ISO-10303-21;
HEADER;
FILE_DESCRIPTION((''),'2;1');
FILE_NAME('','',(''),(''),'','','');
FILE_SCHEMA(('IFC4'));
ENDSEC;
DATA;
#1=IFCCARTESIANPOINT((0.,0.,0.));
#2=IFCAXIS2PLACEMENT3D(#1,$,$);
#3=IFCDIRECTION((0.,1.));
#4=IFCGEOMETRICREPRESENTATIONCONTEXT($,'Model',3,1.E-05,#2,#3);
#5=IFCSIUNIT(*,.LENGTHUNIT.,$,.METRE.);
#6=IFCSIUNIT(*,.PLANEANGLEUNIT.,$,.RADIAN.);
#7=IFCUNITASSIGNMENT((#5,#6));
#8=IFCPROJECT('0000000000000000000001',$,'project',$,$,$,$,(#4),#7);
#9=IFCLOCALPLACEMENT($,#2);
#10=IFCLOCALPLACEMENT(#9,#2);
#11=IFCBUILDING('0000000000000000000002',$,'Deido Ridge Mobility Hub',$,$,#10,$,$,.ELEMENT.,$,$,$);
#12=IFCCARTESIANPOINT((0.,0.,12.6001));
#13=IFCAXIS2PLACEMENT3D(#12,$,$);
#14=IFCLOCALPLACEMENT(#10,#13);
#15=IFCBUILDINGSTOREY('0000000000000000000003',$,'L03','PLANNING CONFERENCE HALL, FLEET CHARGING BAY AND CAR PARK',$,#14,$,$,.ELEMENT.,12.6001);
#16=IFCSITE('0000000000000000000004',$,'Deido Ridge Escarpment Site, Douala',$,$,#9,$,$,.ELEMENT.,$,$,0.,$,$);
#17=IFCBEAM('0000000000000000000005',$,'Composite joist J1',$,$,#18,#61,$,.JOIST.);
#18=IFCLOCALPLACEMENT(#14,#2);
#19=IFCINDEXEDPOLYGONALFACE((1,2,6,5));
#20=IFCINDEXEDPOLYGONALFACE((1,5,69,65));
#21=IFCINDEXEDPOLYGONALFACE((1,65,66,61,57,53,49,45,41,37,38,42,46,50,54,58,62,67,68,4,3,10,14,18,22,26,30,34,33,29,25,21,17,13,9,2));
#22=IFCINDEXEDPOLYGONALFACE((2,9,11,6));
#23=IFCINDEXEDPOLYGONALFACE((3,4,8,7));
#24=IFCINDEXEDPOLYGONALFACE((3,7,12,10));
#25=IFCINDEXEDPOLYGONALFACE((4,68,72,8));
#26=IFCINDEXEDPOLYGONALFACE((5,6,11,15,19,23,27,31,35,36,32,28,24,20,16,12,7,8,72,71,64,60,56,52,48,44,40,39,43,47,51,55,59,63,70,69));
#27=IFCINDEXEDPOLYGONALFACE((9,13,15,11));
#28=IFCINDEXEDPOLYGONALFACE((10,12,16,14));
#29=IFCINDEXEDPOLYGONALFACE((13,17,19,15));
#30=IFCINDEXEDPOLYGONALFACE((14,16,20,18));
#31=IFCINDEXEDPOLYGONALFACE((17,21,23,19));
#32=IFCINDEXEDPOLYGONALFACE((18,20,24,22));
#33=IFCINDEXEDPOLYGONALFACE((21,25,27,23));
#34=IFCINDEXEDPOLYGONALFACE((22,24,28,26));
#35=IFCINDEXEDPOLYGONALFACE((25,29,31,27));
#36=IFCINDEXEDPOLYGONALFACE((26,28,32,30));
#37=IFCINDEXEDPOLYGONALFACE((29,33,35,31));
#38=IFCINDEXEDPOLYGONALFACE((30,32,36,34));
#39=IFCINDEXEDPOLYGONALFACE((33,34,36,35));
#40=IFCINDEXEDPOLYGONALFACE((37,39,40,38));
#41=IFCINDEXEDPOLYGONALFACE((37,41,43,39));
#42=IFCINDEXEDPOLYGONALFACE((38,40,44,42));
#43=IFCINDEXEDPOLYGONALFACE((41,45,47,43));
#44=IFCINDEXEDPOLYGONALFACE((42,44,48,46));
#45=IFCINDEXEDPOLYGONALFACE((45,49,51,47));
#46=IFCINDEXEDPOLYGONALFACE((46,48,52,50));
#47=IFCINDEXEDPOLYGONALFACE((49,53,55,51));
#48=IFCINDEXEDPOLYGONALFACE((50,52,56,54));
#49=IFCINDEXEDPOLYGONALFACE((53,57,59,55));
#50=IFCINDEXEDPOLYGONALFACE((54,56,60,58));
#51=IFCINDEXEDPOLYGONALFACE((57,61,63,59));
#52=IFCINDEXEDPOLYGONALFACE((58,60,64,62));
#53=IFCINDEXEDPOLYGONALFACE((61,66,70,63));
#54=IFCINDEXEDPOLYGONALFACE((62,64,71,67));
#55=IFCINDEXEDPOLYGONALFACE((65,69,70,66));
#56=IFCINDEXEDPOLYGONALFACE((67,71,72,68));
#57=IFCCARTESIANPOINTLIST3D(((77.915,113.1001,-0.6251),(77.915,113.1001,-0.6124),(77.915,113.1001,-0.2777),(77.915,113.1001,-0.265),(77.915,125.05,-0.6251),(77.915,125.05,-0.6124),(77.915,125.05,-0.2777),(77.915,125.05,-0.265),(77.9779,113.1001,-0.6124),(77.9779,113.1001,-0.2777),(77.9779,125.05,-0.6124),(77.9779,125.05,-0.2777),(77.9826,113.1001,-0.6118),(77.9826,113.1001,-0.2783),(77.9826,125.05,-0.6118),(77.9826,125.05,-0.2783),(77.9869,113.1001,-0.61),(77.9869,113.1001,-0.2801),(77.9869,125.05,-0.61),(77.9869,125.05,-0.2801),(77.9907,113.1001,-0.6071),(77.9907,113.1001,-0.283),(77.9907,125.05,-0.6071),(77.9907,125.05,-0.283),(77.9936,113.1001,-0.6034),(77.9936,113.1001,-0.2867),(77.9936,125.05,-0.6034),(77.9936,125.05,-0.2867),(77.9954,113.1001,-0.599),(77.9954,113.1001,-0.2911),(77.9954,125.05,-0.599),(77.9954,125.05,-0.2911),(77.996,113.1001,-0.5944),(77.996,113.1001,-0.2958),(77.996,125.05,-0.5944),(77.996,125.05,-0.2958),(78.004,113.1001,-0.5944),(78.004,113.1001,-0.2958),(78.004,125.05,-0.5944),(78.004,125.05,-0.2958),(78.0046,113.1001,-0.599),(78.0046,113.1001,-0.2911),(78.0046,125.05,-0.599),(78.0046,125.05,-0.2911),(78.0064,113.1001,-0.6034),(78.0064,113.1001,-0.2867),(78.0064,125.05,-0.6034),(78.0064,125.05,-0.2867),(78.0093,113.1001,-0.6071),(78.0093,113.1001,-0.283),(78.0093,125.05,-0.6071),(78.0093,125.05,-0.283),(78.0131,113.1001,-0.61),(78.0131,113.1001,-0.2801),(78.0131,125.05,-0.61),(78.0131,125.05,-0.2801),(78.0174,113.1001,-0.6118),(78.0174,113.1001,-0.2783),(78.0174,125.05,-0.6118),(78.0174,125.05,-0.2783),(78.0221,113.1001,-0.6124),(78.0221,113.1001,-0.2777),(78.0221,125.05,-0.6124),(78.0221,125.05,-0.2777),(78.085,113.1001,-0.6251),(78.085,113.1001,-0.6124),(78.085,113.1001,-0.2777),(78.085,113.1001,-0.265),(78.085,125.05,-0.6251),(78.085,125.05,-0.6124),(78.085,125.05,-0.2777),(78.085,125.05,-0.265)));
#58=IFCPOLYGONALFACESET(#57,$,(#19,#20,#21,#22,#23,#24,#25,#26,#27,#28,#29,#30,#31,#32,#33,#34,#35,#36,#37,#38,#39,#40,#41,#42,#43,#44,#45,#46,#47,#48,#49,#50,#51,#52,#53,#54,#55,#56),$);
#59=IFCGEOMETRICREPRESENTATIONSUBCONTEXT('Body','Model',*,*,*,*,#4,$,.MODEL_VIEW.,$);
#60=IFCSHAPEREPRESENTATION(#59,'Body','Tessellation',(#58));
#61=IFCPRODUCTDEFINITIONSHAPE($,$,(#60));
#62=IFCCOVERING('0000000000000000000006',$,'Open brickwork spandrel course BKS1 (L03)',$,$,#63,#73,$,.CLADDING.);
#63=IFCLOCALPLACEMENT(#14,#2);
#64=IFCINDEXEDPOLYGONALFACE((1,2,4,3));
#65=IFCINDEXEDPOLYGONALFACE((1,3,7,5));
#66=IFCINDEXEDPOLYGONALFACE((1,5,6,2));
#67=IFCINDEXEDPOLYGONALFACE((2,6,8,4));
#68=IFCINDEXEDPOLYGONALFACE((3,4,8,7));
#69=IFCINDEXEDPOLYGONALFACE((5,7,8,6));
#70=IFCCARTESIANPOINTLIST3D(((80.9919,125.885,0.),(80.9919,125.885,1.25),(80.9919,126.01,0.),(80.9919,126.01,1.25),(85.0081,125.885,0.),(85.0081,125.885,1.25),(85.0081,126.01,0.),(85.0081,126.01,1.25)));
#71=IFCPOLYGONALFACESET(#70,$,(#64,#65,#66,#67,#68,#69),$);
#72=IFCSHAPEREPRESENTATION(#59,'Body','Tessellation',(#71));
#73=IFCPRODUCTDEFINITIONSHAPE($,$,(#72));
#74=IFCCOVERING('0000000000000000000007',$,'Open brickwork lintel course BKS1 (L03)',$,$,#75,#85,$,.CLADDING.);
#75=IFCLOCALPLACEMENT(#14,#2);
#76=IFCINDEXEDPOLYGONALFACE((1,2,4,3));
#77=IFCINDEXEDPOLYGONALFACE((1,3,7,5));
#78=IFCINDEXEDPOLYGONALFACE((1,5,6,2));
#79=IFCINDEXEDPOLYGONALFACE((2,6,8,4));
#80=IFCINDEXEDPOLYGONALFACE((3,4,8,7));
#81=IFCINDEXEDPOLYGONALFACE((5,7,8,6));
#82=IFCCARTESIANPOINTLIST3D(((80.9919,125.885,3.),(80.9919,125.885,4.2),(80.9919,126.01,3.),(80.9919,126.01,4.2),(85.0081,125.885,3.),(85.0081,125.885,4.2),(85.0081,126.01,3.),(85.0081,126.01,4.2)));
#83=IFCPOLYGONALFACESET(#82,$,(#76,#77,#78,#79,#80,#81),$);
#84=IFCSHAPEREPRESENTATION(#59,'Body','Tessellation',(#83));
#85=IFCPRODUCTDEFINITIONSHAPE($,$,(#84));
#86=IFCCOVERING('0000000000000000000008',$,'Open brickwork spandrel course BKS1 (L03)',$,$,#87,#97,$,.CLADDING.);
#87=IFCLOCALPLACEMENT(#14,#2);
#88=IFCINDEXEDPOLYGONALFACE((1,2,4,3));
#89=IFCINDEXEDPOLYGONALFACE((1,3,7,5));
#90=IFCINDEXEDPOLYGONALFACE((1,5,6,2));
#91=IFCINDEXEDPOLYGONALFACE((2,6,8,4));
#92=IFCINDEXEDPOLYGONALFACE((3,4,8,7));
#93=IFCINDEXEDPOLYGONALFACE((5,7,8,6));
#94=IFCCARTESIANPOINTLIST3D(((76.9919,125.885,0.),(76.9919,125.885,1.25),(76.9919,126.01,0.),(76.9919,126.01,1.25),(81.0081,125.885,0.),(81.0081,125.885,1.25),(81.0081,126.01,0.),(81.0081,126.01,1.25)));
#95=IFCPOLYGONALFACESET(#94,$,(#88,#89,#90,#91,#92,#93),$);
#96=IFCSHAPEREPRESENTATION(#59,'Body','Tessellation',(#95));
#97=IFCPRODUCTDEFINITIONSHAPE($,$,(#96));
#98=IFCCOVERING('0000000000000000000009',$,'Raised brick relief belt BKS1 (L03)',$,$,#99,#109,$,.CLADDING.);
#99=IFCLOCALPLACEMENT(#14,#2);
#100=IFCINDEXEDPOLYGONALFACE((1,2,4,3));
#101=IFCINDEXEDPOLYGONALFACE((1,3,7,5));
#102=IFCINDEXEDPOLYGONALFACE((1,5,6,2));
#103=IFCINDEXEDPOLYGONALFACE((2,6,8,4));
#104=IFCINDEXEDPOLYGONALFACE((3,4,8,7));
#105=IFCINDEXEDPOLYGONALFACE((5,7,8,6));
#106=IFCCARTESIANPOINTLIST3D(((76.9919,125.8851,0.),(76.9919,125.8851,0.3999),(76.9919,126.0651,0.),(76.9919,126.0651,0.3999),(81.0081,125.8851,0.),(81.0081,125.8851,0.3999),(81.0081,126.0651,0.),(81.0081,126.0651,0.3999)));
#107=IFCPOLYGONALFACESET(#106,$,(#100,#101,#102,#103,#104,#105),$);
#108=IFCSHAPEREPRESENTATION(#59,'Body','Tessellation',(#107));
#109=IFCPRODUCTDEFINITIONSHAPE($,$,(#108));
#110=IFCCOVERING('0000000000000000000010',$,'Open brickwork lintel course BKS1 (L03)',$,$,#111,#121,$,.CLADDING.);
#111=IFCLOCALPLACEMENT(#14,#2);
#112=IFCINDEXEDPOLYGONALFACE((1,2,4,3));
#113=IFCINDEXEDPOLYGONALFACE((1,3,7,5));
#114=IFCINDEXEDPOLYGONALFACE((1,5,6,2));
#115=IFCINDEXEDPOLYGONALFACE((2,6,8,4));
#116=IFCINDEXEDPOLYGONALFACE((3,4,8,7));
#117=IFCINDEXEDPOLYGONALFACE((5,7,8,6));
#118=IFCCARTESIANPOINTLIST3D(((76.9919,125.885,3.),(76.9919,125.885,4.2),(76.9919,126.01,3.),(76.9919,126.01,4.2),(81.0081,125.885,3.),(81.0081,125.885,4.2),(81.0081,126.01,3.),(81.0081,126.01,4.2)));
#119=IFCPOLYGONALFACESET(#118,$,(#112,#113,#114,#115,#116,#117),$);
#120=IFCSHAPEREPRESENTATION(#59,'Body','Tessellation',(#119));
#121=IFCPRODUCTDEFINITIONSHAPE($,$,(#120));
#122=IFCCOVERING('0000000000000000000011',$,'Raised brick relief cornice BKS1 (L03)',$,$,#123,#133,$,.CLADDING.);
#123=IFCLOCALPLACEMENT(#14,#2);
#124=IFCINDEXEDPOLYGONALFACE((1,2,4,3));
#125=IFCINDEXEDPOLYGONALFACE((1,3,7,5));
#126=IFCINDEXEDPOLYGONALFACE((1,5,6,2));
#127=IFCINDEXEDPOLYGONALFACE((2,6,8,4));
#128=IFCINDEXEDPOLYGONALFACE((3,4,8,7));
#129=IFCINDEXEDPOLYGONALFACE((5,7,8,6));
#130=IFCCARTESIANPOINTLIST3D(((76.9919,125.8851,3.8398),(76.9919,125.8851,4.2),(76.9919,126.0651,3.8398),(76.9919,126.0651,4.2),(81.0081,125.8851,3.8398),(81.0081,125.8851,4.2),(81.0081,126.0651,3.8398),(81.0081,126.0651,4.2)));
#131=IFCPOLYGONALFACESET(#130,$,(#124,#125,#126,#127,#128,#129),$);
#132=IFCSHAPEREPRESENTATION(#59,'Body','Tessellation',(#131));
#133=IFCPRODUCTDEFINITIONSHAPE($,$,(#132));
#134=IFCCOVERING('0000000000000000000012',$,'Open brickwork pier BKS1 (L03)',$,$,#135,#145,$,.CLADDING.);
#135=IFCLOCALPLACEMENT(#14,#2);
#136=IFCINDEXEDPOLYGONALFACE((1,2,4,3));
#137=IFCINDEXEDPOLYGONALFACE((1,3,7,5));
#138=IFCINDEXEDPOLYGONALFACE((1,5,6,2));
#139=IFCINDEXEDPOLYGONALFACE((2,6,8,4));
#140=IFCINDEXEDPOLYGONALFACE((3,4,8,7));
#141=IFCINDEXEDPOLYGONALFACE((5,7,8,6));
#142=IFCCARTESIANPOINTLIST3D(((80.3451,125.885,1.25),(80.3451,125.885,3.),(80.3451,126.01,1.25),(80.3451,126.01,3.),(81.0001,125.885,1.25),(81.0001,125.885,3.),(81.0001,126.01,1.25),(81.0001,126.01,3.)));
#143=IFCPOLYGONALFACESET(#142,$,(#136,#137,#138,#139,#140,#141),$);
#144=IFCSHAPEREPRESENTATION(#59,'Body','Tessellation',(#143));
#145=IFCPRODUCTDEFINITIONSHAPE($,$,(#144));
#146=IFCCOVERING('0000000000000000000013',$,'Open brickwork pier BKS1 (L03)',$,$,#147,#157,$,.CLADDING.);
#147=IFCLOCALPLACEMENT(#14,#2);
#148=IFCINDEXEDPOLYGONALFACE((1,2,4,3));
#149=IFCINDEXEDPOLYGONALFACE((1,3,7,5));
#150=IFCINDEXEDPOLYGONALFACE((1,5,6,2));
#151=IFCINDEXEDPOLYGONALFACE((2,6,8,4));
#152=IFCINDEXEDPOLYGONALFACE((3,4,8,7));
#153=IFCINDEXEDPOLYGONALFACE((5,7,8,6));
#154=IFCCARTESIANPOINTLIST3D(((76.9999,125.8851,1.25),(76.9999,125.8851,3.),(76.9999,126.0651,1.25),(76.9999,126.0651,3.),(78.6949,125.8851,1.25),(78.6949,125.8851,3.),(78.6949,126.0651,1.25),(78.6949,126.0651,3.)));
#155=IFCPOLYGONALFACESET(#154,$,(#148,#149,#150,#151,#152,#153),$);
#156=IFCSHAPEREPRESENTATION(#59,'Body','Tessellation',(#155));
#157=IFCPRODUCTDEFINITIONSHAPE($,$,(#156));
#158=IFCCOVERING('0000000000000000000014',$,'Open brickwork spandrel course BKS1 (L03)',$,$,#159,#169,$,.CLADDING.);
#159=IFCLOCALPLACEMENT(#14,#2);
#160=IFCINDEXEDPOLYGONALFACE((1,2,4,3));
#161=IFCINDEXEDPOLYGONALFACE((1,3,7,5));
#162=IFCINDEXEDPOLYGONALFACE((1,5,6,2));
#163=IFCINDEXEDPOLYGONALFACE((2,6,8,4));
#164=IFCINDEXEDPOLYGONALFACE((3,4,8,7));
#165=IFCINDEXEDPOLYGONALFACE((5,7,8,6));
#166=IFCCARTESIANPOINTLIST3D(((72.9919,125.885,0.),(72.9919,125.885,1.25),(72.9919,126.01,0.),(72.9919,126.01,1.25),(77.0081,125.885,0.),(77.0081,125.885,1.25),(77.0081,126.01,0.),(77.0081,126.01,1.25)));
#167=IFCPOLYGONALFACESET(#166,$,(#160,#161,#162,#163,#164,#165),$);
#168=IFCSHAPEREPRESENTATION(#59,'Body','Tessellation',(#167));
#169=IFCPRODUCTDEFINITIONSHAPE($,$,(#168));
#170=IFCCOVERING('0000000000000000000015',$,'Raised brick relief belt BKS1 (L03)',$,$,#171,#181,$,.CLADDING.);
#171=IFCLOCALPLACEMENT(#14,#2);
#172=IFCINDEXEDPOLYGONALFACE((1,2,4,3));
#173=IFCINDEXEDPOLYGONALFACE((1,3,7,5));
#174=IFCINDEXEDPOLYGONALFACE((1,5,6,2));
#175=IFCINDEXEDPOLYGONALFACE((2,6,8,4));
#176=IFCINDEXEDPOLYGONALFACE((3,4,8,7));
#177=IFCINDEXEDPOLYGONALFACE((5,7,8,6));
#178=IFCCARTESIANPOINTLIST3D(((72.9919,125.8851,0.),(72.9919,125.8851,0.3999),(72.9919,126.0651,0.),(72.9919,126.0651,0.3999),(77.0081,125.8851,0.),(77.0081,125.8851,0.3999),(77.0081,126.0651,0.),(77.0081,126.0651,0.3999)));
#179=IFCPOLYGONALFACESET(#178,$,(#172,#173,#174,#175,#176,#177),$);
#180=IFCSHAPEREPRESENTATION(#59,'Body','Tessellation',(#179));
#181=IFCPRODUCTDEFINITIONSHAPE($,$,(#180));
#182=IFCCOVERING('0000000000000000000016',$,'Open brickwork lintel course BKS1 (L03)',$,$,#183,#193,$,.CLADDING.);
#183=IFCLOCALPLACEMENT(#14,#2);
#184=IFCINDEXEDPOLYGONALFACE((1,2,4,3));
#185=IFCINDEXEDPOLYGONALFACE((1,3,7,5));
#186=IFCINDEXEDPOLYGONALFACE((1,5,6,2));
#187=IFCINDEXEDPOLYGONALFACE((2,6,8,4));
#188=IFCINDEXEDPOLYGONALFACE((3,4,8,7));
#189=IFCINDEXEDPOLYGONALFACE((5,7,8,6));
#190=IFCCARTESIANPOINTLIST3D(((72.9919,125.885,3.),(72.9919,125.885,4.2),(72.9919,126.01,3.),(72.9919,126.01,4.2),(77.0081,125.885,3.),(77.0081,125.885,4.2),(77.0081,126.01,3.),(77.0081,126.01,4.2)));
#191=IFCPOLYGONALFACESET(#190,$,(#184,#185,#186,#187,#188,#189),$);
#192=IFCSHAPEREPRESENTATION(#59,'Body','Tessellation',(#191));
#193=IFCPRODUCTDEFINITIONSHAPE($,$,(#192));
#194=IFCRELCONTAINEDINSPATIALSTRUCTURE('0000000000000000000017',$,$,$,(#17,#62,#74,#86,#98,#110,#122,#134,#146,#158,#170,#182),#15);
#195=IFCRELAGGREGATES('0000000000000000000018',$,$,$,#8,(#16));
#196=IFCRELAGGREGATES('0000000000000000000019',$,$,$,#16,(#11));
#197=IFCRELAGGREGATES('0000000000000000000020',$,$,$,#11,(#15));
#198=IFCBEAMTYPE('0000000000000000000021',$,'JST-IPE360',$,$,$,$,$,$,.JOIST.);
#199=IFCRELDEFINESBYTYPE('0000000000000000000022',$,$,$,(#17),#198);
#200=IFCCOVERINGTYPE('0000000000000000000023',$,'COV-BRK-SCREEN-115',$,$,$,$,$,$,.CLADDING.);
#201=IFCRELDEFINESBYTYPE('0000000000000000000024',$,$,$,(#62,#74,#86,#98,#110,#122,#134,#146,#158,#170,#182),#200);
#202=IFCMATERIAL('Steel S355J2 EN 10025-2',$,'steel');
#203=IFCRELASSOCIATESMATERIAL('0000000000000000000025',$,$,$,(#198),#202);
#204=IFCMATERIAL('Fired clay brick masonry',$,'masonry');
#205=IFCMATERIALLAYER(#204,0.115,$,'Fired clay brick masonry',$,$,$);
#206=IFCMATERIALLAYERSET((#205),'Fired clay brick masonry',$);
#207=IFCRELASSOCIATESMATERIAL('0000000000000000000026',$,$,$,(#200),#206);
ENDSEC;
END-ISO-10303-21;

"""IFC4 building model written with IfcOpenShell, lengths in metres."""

from ifc_helpers import new_model, si_unit, direction, frame, origin, origin_2d, place, context, subcontext, project, spatial, rectangle, i_section, extrude, material, layer, layer_set, material_profile, profile_set, type_object, element, save


model = new_model("IFC4")

# Units and contexts
model_context = context("Model", 3, precision=1e-05, world=origin(), true_north=direction((0.0, 1.0)))
body_context = subcontext(model_context, "Body", "Model", "MODEL_VIEW")
ifc_project = project(units=[si_unit("LENGTHUNIT", "METRE"), si_unit("PLANEANGLEUNIT", "RADIAN")], contexts=[model_context])

# Site, building, storey
site_placement = place(None, origin())
site = spatial("IfcSite", under=ifc_project, at=site_placement, Name="Deido Ridge Escarpment Site, Douala", CompositionType="ELEMENT", RefElevation=0.0)
building_placement = place(site_placement, origin())
building = spatial("IfcBuilding", under=site, at=building_placement, Name="Deido Ridge Mobility Hub", CompositionType="ELEMENT")
storey_placement = place(building_placement, frame((0.0, 0.0, 12.6001)))
storey = spatial("IfcBuildingStorey", under=building, at=storey_placement, Name="L03", Description="PLANNING CONFERENCE HALL, FLEET CHARGING BAY AND CAR PARK", CompositionType="ELEMENT", Elevation=12.6001)

# Shared definitions
ifc_material_1 = material(Name="Steel S355J2 EN 10025-2", Category="steel")

# Beam
ifc_material_profile_1 = material_profile(ifc_material_1, i_section(OverallWidth=0.1699, OverallDepth=0.3601, WebThickness=0.0081, FlangeThickness=0.0127, FilletRadius=0.0181, at=origin_2d()), Name="IPE 360")
ifc_profile_set_1 = profile_set([ifc_material_profile_1], Name="Steel S355J2 EN 10025-2")
beam_type_1 = type_object("IfcBeamType", Name="JST-IPE360", PredefinedType="JOIST", material=ifc_profile_set_1)
for number, where, z_axis, x_axis, name in (
    (1, (78.0, 113.1001, -0.4451), (0.0, 1.0, 0.0), (-1.0, 0.0, 0.0), "Composite joist J1"),
):
    element("IfcBeam", number, at=place(storey_placement, frame(where, z_axis=z_axis, x_axis=x_axis)), inside=storey, type_object=beam_type_1, Name=name, PredefinedType="JOIST", context=body_context, shape_type="SweptSolid", body=[
        extrude(i_section(OverallWidth=0.1699, OverallDepth=0.3601, WebThickness=0.0081, FlangeThickness=0.0127, FilletRadius=0.0181, at=origin_2d()), origin(), (0.0, 0.0, 1.0), 11.95),
    ])

# Coverings
ifc_material_2 = material(Name="Fired clay brick masonry", Category="masonry")
ifc_layer = layer(ifc_material_2, 0.115, Name="Fired clay brick masonry")
ifc_layer_set = layer_set([ifc_layer], Name="Fired clay brick masonry")
covering_type = type_object("IfcCoveringType", Name="COV-BRK-SCREEN-115", PredefinedType="CLADDING", material=ifc_layer_set)
covering_1_placement = place(storey_placement, frame((83.0, 125.9475, 0.0), z_axis=(0.0, 0.0, 1.0), x_axis=(-1.0, 0.0, 0.0)))
element("IfcCovering", 2, at=covering_1_placement, inside=storey, type_object=covering_type, Name="Open brickwork spandrel course BKS1 (L03)", PredefinedType="CLADDING", context=body_context, shape_type="SweptSolid", body=[
    extrude(rectangle(XDim=4.0161, YDim=0.125, at=origin_2d()), origin(), (0.0, 0.0, 1.0), 1.25),
])
covering_2_placement = place(storey_placement, frame((83.0, 125.9475, 3.0), z_axis=(0.0, 0.0, 1.0), x_axis=(-1.0, 0.0, 0.0)))
element("IfcCovering", 3, at=covering_2_placement, inside=storey, type_object=covering_type, Name="Open brickwork lintel course BKS1 (L03)", PredefinedType="CLADDING", context=body_context, shape_type="SweptSolid", body=[
    extrude(rectangle(XDim=4.0161, YDim=0.125, at=origin_2d()), origin(), (0.0, 0.0, 1.0), 1.2),
])
covering_3_placement = place(storey_placement, frame((79.0, 125.9475, 0.0), z_axis=(0.0, 0.0, 1.0), x_axis=(-1.0, 0.0, 0.0)))
element("IfcCovering", 4, at=covering_3_placement, inside=storey, type_object=covering_type, Name="Open brickwork spandrel course BKS1 (L03)", PredefinedType="CLADDING", context=body_context, shape_type="SweptSolid", body=[
    extrude(rectangle(XDim=4.0161, YDim=0.125, at=origin_2d()), origin(), (0.0, 0.0, 1.0), 1.25),
])
covering_4_placement = place(storey_placement, frame((79.0, 125.9751, 0.0), z_axis=(0.0, 0.0, 1.0), x_axis=(-1.0, 0.0, 0.0)))
element("IfcCovering", 5, at=covering_4_placement, inside=storey, type_object=covering_type, Name="Raised brick relief belt BKS1 (L03)", PredefinedType="CLADDING", context=body_context, shape_type="SweptSolid", body=[
    extrude(rectangle(XDim=4.0161, YDim=0.1799, at=origin_2d()), origin(), (0.0, 0.0, 1.0), 0.3999),
])
covering_5_placement = place(storey_placement, frame((79.0, 125.9475, 3.0), z_axis=(0.0, 0.0, 1.0), x_axis=(-1.0, 0.0, 0.0)))
element("IfcCovering", 6, at=covering_5_placement, inside=storey, type_object=covering_type, Name="Open brickwork lintel course BKS1 (L03)", PredefinedType="CLADDING", context=body_context, shape_type="SweptSolid", body=[
    extrude(rectangle(XDim=4.0161, YDim=0.125, at=origin_2d()), origin(), (0.0, 0.0, 1.0), 1.2),
])
covering_6_placement = place(storey_placement, frame((79.0, 125.9751, 3.8398), z_axis=(0.0, 0.0, 1.0), x_axis=(-1.0, 0.0, 0.0)))
element("IfcCovering", 7, at=covering_6_placement, inside=storey, type_object=covering_type, Name="Raised brick relief cornice BKS1 (L03)", PredefinedType="CLADDING", context=body_context, shape_type="SweptSolid", body=[
    extrude(rectangle(XDim=4.0161, YDim=0.1799, at=origin_2d()), origin(), (0.0, 0.0, 1.0), 0.3601),
])
covering_7_placement = place(storey_placement, frame((80.6726, 125.9475, 1.25), z_axis=(0.0, 0.0, 1.0), x_axis=(-1.0, 0.0, 0.0)))
element("IfcCovering", 8, at=covering_7_placement, inside=storey, type_object=covering_type, Name="Open brickwork pier BKS1 (L03)", PredefinedType="CLADDING", context=body_context, shape_type="SweptSolid", body=[
    extrude(rectangle(XDim=0.655, YDim=0.125, at=origin_2d()), origin(), (0.0, 0.0, 1.0), 1.75),
])
covering_8_placement = place(storey_placement, frame((77.8474, 125.9751, 1.25), z_axis=(0.0, 0.0, 1.0), x_axis=(-1.0, 0.0, 0.0)))
element("IfcCovering", 9, at=covering_8_placement, inside=storey, type_object=covering_type, Name="Open brickwork pier BKS1 (L03)", PredefinedType="CLADDING", context=body_context, shape_type="SweptSolid", body=[
    extrude(rectangle(XDim=1.6951, YDim=0.1799, at=origin_2d()), origin(), (0.0, 0.0, 1.0), 1.75),
])
covering_9_placement = place(storey_placement, frame((75.0, 125.9475, 0.0), z_axis=(0.0, 0.0, 1.0), x_axis=(-1.0, 0.0, 0.0)))
element("IfcCovering", 10, at=covering_9_placement, inside=storey, type_object=covering_type, Name="Open brickwork spandrel course BKS1 (L03)", PredefinedType="CLADDING", context=body_context, shape_type="SweptSolid", body=[
    extrude(rectangle(XDim=4.0161, YDim=0.125, at=origin_2d()), origin(), (0.0, 0.0, 1.0), 1.25),
])
covering_10_placement = place(storey_placement, frame((75.0, 125.9751, 0.0), z_axis=(0.0, 0.0, 1.0), x_axis=(-1.0, 0.0, 0.0)))
element("IfcCovering", 11, at=covering_10_placement, inside=storey, type_object=covering_type, Name="Raised brick relief belt BKS1 (L03)", PredefinedType="CLADDING", context=body_context, shape_type="SweptSolid", body=[
    extrude(rectangle(XDim=4.0161, YDim=0.1799, at=origin_2d()), origin(), (0.0, 0.0, 1.0), 0.3999),
])
covering_11_placement = place(storey_placement, frame((75.0, 125.9475, 3.0), z_axis=(0.0, 0.0, 1.0), x_axis=(-1.0, 0.0, 0.0)))
element("IfcCovering", 12, at=covering_11_placement, inside=storey, type_object=covering_type, Name="Open brickwork lintel course BKS1 (L03)", PredefinedType="CLADDING", context=body_context, shape_type="SweptSolid", body=[
    extrude(rectangle(XDim=4.0161, YDim=0.125, at=origin_2d()), origin(), (0.0, 0.0, 1.0), 1.2),
])

save(model, "model.ifc")
